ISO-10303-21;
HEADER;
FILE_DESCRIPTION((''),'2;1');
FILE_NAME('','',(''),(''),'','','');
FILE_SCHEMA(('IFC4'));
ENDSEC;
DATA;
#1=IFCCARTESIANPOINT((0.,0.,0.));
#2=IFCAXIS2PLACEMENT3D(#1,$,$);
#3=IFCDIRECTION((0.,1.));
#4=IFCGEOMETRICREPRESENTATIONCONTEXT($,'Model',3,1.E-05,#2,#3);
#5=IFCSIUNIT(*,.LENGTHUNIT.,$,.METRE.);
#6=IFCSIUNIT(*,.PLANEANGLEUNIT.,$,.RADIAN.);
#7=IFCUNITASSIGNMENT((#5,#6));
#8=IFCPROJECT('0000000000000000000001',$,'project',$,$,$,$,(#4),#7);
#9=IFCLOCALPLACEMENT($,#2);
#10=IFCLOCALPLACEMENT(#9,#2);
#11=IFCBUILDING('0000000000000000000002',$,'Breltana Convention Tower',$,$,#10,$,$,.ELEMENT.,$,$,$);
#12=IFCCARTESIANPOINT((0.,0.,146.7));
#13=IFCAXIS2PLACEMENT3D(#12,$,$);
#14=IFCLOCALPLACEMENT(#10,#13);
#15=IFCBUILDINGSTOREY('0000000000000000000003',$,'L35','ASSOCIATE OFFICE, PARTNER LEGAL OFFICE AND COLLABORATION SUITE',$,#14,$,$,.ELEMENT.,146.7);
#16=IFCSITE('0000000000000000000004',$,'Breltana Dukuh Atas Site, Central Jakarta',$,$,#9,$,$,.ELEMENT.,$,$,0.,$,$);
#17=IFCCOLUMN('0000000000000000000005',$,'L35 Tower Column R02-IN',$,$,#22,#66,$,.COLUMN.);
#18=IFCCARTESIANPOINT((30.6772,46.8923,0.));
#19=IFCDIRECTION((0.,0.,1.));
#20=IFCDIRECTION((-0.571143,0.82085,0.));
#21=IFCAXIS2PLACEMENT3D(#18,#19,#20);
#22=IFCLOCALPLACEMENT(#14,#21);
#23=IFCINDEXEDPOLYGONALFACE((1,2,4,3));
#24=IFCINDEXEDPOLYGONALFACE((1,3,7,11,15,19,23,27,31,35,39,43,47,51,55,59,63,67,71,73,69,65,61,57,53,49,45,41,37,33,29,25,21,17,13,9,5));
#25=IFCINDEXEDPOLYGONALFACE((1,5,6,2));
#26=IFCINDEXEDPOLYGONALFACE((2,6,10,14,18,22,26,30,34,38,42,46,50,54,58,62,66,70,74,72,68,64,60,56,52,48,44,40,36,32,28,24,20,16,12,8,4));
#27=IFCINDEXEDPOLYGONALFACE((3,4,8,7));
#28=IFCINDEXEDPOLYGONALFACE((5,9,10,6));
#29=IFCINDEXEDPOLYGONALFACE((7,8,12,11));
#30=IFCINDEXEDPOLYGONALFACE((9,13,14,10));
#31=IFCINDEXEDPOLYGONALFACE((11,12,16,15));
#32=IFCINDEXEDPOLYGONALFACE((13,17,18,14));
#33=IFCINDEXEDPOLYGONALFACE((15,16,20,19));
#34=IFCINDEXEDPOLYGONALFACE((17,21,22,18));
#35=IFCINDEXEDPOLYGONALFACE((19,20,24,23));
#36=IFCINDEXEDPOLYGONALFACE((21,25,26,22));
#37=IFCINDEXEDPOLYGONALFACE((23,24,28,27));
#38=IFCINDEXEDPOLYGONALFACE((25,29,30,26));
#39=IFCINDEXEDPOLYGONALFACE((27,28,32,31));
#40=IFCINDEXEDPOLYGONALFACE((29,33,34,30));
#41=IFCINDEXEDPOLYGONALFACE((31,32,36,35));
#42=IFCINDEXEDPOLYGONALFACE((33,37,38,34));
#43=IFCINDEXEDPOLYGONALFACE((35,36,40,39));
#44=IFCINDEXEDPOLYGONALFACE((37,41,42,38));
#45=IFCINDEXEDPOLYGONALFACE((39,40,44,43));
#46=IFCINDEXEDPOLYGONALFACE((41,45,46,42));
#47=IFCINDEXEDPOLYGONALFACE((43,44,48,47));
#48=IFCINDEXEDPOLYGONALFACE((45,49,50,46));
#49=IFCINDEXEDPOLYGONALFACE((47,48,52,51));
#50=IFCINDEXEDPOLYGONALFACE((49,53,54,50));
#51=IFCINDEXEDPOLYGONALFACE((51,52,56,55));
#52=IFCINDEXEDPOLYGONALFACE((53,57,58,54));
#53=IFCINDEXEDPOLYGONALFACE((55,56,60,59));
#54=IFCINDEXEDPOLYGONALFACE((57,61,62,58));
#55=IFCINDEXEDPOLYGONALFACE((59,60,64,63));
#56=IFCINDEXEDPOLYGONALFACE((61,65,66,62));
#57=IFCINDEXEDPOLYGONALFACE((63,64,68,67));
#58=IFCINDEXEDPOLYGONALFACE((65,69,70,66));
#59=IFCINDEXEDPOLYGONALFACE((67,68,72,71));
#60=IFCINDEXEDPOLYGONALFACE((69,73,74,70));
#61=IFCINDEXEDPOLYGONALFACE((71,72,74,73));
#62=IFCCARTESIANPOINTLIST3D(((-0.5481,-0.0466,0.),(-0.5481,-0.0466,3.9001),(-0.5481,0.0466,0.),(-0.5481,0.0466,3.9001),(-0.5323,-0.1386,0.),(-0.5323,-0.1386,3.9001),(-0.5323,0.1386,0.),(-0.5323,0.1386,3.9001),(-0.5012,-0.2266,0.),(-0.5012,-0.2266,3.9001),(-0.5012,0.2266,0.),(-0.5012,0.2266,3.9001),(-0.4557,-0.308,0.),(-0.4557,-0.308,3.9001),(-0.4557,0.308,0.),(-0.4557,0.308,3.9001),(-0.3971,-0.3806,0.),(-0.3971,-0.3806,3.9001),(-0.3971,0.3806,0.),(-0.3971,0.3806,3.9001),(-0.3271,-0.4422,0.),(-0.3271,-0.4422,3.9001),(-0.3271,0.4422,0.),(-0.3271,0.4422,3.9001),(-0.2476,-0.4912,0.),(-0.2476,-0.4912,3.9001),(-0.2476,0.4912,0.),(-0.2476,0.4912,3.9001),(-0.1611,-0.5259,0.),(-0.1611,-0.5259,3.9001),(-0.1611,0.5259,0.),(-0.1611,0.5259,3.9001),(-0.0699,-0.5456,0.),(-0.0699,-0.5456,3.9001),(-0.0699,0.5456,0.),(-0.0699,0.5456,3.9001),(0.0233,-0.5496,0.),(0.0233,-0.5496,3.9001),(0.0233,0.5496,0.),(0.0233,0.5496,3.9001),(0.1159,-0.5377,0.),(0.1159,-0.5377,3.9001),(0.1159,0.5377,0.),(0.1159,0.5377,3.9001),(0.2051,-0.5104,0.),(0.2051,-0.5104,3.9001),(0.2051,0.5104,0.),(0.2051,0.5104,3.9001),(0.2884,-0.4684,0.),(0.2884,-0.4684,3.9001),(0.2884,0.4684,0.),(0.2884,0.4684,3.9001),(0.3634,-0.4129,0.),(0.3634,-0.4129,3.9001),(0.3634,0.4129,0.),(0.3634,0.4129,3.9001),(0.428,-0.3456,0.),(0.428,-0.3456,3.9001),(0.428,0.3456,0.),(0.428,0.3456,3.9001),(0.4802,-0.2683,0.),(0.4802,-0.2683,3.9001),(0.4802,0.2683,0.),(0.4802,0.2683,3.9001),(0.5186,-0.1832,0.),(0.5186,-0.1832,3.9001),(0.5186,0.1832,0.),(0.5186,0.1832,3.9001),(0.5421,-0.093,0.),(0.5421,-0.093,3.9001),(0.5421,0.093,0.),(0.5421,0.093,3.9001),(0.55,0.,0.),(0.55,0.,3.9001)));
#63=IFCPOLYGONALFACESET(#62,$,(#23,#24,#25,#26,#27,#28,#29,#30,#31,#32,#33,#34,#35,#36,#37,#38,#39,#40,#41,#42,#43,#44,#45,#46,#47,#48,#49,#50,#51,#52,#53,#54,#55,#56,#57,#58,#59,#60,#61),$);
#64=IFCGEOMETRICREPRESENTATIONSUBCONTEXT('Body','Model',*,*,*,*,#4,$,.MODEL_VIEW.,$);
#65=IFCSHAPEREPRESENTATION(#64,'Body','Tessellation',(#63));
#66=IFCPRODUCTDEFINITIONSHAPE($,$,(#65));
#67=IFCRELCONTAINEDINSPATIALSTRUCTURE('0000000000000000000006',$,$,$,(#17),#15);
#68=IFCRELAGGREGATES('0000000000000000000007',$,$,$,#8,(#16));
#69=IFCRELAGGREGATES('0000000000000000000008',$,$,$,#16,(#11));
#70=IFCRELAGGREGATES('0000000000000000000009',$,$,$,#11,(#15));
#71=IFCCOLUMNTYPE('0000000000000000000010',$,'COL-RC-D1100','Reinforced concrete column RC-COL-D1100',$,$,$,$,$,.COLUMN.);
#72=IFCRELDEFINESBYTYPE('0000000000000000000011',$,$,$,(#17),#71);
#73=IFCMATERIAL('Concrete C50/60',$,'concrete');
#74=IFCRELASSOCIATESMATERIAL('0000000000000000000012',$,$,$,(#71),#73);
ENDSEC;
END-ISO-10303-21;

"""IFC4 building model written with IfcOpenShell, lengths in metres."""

from ifc_helpers import new_model, si_unit, direction, frame, origin, origin_2d, place, context, subcontext, project, spatial, circle, extrude, source, transform, mapped, material, material_profile, profile_set, type_object, element, save


model = new_model("IFC4")

# Units and contexts
model_context = context("Model", 3, precision=1e-05, world=origin(), true_north=direction((0.0, 1.0)))
body_context = subcontext(model_context, "Body", "Model", "MODEL_VIEW")
ifc_project = project(units=[si_unit("LENGTHUNIT", "METRE"), si_unit("PLANEANGLEUNIT", "RADIAN")], contexts=[model_context])

# Site, building, storey
site_placement = place(None, origin())
site = spatial("IfcSite", under=ifc_project, at=site_placement, Name="Breltana Dukuh Atas Site, Central Jakarta", CompositionType="ELEMENT", RefElevation=0.0)
building_placement = place(site_placement, origin())
building = spatial("IfcBuilding", under=site, at=building_placement, Name="Breltana Convention Tower", CompositionType="ELEMENT")
storey_placement = place(building_placement, frame((0.0, 0.0, 146.7)))
storey = spatial("IfcBuildingStorey", under=building, at=storey_placement, Name="L35", Description="ASSOCIATE OFFICE, PARTNER LEGAL OFFICE AND COLLABORATION SUITE", CompositionType="ELEMENT", Elevation=146.7)

# Column
ifc_material_1 = material(Name="Concrete C50/60", Category="concrete")
ifc_material_profile_1 = material_profile(ifc_material_1, circle(Radius=0.55, at=origin_2d()), Name="RC-COL-D1100")
ifc_profile_set_1 = profile_set([ifc_material_profile_1], Name="Concrete C50/60")
column_type = type_object("IfcColumnType", Name="COL-RC-D1100", Description="Reinforced concrete column RC-COL-D1100", PredefinedType="COLUMN", material=ifc_profile_set_1)
shared_shape_1 = source(origin(), body_context, "Body", "SweptSolid", [
    extrude(circle(Radius=0.55, at=origin_2d()), origin(), (0.0, 0.0, 1.0), 3.9001),
])
for number, where, z_axis, x_axis, name in (
    (1, (30.6772, 46.8923, 0.0), (0.0, 0.0, 1.0), (-0.571143, 0.82085, 0.0), "L35 Tower Column R02-IN"),
):
    element("IfcColumn", number, at=place(storey_placement, frame(where, z_axis=z_axis, x_axis=x_axis)), inside=storey, type_object=column_type, Name=name, PredefinedType="COLUMN", context=body_context, shape_type="MappedRepresentation", body=[
        mapped(shared_shape_1, transform((0.0, 0.0, 0.0), scale=1.0)),
    ])

save(model, "model.ifc")
